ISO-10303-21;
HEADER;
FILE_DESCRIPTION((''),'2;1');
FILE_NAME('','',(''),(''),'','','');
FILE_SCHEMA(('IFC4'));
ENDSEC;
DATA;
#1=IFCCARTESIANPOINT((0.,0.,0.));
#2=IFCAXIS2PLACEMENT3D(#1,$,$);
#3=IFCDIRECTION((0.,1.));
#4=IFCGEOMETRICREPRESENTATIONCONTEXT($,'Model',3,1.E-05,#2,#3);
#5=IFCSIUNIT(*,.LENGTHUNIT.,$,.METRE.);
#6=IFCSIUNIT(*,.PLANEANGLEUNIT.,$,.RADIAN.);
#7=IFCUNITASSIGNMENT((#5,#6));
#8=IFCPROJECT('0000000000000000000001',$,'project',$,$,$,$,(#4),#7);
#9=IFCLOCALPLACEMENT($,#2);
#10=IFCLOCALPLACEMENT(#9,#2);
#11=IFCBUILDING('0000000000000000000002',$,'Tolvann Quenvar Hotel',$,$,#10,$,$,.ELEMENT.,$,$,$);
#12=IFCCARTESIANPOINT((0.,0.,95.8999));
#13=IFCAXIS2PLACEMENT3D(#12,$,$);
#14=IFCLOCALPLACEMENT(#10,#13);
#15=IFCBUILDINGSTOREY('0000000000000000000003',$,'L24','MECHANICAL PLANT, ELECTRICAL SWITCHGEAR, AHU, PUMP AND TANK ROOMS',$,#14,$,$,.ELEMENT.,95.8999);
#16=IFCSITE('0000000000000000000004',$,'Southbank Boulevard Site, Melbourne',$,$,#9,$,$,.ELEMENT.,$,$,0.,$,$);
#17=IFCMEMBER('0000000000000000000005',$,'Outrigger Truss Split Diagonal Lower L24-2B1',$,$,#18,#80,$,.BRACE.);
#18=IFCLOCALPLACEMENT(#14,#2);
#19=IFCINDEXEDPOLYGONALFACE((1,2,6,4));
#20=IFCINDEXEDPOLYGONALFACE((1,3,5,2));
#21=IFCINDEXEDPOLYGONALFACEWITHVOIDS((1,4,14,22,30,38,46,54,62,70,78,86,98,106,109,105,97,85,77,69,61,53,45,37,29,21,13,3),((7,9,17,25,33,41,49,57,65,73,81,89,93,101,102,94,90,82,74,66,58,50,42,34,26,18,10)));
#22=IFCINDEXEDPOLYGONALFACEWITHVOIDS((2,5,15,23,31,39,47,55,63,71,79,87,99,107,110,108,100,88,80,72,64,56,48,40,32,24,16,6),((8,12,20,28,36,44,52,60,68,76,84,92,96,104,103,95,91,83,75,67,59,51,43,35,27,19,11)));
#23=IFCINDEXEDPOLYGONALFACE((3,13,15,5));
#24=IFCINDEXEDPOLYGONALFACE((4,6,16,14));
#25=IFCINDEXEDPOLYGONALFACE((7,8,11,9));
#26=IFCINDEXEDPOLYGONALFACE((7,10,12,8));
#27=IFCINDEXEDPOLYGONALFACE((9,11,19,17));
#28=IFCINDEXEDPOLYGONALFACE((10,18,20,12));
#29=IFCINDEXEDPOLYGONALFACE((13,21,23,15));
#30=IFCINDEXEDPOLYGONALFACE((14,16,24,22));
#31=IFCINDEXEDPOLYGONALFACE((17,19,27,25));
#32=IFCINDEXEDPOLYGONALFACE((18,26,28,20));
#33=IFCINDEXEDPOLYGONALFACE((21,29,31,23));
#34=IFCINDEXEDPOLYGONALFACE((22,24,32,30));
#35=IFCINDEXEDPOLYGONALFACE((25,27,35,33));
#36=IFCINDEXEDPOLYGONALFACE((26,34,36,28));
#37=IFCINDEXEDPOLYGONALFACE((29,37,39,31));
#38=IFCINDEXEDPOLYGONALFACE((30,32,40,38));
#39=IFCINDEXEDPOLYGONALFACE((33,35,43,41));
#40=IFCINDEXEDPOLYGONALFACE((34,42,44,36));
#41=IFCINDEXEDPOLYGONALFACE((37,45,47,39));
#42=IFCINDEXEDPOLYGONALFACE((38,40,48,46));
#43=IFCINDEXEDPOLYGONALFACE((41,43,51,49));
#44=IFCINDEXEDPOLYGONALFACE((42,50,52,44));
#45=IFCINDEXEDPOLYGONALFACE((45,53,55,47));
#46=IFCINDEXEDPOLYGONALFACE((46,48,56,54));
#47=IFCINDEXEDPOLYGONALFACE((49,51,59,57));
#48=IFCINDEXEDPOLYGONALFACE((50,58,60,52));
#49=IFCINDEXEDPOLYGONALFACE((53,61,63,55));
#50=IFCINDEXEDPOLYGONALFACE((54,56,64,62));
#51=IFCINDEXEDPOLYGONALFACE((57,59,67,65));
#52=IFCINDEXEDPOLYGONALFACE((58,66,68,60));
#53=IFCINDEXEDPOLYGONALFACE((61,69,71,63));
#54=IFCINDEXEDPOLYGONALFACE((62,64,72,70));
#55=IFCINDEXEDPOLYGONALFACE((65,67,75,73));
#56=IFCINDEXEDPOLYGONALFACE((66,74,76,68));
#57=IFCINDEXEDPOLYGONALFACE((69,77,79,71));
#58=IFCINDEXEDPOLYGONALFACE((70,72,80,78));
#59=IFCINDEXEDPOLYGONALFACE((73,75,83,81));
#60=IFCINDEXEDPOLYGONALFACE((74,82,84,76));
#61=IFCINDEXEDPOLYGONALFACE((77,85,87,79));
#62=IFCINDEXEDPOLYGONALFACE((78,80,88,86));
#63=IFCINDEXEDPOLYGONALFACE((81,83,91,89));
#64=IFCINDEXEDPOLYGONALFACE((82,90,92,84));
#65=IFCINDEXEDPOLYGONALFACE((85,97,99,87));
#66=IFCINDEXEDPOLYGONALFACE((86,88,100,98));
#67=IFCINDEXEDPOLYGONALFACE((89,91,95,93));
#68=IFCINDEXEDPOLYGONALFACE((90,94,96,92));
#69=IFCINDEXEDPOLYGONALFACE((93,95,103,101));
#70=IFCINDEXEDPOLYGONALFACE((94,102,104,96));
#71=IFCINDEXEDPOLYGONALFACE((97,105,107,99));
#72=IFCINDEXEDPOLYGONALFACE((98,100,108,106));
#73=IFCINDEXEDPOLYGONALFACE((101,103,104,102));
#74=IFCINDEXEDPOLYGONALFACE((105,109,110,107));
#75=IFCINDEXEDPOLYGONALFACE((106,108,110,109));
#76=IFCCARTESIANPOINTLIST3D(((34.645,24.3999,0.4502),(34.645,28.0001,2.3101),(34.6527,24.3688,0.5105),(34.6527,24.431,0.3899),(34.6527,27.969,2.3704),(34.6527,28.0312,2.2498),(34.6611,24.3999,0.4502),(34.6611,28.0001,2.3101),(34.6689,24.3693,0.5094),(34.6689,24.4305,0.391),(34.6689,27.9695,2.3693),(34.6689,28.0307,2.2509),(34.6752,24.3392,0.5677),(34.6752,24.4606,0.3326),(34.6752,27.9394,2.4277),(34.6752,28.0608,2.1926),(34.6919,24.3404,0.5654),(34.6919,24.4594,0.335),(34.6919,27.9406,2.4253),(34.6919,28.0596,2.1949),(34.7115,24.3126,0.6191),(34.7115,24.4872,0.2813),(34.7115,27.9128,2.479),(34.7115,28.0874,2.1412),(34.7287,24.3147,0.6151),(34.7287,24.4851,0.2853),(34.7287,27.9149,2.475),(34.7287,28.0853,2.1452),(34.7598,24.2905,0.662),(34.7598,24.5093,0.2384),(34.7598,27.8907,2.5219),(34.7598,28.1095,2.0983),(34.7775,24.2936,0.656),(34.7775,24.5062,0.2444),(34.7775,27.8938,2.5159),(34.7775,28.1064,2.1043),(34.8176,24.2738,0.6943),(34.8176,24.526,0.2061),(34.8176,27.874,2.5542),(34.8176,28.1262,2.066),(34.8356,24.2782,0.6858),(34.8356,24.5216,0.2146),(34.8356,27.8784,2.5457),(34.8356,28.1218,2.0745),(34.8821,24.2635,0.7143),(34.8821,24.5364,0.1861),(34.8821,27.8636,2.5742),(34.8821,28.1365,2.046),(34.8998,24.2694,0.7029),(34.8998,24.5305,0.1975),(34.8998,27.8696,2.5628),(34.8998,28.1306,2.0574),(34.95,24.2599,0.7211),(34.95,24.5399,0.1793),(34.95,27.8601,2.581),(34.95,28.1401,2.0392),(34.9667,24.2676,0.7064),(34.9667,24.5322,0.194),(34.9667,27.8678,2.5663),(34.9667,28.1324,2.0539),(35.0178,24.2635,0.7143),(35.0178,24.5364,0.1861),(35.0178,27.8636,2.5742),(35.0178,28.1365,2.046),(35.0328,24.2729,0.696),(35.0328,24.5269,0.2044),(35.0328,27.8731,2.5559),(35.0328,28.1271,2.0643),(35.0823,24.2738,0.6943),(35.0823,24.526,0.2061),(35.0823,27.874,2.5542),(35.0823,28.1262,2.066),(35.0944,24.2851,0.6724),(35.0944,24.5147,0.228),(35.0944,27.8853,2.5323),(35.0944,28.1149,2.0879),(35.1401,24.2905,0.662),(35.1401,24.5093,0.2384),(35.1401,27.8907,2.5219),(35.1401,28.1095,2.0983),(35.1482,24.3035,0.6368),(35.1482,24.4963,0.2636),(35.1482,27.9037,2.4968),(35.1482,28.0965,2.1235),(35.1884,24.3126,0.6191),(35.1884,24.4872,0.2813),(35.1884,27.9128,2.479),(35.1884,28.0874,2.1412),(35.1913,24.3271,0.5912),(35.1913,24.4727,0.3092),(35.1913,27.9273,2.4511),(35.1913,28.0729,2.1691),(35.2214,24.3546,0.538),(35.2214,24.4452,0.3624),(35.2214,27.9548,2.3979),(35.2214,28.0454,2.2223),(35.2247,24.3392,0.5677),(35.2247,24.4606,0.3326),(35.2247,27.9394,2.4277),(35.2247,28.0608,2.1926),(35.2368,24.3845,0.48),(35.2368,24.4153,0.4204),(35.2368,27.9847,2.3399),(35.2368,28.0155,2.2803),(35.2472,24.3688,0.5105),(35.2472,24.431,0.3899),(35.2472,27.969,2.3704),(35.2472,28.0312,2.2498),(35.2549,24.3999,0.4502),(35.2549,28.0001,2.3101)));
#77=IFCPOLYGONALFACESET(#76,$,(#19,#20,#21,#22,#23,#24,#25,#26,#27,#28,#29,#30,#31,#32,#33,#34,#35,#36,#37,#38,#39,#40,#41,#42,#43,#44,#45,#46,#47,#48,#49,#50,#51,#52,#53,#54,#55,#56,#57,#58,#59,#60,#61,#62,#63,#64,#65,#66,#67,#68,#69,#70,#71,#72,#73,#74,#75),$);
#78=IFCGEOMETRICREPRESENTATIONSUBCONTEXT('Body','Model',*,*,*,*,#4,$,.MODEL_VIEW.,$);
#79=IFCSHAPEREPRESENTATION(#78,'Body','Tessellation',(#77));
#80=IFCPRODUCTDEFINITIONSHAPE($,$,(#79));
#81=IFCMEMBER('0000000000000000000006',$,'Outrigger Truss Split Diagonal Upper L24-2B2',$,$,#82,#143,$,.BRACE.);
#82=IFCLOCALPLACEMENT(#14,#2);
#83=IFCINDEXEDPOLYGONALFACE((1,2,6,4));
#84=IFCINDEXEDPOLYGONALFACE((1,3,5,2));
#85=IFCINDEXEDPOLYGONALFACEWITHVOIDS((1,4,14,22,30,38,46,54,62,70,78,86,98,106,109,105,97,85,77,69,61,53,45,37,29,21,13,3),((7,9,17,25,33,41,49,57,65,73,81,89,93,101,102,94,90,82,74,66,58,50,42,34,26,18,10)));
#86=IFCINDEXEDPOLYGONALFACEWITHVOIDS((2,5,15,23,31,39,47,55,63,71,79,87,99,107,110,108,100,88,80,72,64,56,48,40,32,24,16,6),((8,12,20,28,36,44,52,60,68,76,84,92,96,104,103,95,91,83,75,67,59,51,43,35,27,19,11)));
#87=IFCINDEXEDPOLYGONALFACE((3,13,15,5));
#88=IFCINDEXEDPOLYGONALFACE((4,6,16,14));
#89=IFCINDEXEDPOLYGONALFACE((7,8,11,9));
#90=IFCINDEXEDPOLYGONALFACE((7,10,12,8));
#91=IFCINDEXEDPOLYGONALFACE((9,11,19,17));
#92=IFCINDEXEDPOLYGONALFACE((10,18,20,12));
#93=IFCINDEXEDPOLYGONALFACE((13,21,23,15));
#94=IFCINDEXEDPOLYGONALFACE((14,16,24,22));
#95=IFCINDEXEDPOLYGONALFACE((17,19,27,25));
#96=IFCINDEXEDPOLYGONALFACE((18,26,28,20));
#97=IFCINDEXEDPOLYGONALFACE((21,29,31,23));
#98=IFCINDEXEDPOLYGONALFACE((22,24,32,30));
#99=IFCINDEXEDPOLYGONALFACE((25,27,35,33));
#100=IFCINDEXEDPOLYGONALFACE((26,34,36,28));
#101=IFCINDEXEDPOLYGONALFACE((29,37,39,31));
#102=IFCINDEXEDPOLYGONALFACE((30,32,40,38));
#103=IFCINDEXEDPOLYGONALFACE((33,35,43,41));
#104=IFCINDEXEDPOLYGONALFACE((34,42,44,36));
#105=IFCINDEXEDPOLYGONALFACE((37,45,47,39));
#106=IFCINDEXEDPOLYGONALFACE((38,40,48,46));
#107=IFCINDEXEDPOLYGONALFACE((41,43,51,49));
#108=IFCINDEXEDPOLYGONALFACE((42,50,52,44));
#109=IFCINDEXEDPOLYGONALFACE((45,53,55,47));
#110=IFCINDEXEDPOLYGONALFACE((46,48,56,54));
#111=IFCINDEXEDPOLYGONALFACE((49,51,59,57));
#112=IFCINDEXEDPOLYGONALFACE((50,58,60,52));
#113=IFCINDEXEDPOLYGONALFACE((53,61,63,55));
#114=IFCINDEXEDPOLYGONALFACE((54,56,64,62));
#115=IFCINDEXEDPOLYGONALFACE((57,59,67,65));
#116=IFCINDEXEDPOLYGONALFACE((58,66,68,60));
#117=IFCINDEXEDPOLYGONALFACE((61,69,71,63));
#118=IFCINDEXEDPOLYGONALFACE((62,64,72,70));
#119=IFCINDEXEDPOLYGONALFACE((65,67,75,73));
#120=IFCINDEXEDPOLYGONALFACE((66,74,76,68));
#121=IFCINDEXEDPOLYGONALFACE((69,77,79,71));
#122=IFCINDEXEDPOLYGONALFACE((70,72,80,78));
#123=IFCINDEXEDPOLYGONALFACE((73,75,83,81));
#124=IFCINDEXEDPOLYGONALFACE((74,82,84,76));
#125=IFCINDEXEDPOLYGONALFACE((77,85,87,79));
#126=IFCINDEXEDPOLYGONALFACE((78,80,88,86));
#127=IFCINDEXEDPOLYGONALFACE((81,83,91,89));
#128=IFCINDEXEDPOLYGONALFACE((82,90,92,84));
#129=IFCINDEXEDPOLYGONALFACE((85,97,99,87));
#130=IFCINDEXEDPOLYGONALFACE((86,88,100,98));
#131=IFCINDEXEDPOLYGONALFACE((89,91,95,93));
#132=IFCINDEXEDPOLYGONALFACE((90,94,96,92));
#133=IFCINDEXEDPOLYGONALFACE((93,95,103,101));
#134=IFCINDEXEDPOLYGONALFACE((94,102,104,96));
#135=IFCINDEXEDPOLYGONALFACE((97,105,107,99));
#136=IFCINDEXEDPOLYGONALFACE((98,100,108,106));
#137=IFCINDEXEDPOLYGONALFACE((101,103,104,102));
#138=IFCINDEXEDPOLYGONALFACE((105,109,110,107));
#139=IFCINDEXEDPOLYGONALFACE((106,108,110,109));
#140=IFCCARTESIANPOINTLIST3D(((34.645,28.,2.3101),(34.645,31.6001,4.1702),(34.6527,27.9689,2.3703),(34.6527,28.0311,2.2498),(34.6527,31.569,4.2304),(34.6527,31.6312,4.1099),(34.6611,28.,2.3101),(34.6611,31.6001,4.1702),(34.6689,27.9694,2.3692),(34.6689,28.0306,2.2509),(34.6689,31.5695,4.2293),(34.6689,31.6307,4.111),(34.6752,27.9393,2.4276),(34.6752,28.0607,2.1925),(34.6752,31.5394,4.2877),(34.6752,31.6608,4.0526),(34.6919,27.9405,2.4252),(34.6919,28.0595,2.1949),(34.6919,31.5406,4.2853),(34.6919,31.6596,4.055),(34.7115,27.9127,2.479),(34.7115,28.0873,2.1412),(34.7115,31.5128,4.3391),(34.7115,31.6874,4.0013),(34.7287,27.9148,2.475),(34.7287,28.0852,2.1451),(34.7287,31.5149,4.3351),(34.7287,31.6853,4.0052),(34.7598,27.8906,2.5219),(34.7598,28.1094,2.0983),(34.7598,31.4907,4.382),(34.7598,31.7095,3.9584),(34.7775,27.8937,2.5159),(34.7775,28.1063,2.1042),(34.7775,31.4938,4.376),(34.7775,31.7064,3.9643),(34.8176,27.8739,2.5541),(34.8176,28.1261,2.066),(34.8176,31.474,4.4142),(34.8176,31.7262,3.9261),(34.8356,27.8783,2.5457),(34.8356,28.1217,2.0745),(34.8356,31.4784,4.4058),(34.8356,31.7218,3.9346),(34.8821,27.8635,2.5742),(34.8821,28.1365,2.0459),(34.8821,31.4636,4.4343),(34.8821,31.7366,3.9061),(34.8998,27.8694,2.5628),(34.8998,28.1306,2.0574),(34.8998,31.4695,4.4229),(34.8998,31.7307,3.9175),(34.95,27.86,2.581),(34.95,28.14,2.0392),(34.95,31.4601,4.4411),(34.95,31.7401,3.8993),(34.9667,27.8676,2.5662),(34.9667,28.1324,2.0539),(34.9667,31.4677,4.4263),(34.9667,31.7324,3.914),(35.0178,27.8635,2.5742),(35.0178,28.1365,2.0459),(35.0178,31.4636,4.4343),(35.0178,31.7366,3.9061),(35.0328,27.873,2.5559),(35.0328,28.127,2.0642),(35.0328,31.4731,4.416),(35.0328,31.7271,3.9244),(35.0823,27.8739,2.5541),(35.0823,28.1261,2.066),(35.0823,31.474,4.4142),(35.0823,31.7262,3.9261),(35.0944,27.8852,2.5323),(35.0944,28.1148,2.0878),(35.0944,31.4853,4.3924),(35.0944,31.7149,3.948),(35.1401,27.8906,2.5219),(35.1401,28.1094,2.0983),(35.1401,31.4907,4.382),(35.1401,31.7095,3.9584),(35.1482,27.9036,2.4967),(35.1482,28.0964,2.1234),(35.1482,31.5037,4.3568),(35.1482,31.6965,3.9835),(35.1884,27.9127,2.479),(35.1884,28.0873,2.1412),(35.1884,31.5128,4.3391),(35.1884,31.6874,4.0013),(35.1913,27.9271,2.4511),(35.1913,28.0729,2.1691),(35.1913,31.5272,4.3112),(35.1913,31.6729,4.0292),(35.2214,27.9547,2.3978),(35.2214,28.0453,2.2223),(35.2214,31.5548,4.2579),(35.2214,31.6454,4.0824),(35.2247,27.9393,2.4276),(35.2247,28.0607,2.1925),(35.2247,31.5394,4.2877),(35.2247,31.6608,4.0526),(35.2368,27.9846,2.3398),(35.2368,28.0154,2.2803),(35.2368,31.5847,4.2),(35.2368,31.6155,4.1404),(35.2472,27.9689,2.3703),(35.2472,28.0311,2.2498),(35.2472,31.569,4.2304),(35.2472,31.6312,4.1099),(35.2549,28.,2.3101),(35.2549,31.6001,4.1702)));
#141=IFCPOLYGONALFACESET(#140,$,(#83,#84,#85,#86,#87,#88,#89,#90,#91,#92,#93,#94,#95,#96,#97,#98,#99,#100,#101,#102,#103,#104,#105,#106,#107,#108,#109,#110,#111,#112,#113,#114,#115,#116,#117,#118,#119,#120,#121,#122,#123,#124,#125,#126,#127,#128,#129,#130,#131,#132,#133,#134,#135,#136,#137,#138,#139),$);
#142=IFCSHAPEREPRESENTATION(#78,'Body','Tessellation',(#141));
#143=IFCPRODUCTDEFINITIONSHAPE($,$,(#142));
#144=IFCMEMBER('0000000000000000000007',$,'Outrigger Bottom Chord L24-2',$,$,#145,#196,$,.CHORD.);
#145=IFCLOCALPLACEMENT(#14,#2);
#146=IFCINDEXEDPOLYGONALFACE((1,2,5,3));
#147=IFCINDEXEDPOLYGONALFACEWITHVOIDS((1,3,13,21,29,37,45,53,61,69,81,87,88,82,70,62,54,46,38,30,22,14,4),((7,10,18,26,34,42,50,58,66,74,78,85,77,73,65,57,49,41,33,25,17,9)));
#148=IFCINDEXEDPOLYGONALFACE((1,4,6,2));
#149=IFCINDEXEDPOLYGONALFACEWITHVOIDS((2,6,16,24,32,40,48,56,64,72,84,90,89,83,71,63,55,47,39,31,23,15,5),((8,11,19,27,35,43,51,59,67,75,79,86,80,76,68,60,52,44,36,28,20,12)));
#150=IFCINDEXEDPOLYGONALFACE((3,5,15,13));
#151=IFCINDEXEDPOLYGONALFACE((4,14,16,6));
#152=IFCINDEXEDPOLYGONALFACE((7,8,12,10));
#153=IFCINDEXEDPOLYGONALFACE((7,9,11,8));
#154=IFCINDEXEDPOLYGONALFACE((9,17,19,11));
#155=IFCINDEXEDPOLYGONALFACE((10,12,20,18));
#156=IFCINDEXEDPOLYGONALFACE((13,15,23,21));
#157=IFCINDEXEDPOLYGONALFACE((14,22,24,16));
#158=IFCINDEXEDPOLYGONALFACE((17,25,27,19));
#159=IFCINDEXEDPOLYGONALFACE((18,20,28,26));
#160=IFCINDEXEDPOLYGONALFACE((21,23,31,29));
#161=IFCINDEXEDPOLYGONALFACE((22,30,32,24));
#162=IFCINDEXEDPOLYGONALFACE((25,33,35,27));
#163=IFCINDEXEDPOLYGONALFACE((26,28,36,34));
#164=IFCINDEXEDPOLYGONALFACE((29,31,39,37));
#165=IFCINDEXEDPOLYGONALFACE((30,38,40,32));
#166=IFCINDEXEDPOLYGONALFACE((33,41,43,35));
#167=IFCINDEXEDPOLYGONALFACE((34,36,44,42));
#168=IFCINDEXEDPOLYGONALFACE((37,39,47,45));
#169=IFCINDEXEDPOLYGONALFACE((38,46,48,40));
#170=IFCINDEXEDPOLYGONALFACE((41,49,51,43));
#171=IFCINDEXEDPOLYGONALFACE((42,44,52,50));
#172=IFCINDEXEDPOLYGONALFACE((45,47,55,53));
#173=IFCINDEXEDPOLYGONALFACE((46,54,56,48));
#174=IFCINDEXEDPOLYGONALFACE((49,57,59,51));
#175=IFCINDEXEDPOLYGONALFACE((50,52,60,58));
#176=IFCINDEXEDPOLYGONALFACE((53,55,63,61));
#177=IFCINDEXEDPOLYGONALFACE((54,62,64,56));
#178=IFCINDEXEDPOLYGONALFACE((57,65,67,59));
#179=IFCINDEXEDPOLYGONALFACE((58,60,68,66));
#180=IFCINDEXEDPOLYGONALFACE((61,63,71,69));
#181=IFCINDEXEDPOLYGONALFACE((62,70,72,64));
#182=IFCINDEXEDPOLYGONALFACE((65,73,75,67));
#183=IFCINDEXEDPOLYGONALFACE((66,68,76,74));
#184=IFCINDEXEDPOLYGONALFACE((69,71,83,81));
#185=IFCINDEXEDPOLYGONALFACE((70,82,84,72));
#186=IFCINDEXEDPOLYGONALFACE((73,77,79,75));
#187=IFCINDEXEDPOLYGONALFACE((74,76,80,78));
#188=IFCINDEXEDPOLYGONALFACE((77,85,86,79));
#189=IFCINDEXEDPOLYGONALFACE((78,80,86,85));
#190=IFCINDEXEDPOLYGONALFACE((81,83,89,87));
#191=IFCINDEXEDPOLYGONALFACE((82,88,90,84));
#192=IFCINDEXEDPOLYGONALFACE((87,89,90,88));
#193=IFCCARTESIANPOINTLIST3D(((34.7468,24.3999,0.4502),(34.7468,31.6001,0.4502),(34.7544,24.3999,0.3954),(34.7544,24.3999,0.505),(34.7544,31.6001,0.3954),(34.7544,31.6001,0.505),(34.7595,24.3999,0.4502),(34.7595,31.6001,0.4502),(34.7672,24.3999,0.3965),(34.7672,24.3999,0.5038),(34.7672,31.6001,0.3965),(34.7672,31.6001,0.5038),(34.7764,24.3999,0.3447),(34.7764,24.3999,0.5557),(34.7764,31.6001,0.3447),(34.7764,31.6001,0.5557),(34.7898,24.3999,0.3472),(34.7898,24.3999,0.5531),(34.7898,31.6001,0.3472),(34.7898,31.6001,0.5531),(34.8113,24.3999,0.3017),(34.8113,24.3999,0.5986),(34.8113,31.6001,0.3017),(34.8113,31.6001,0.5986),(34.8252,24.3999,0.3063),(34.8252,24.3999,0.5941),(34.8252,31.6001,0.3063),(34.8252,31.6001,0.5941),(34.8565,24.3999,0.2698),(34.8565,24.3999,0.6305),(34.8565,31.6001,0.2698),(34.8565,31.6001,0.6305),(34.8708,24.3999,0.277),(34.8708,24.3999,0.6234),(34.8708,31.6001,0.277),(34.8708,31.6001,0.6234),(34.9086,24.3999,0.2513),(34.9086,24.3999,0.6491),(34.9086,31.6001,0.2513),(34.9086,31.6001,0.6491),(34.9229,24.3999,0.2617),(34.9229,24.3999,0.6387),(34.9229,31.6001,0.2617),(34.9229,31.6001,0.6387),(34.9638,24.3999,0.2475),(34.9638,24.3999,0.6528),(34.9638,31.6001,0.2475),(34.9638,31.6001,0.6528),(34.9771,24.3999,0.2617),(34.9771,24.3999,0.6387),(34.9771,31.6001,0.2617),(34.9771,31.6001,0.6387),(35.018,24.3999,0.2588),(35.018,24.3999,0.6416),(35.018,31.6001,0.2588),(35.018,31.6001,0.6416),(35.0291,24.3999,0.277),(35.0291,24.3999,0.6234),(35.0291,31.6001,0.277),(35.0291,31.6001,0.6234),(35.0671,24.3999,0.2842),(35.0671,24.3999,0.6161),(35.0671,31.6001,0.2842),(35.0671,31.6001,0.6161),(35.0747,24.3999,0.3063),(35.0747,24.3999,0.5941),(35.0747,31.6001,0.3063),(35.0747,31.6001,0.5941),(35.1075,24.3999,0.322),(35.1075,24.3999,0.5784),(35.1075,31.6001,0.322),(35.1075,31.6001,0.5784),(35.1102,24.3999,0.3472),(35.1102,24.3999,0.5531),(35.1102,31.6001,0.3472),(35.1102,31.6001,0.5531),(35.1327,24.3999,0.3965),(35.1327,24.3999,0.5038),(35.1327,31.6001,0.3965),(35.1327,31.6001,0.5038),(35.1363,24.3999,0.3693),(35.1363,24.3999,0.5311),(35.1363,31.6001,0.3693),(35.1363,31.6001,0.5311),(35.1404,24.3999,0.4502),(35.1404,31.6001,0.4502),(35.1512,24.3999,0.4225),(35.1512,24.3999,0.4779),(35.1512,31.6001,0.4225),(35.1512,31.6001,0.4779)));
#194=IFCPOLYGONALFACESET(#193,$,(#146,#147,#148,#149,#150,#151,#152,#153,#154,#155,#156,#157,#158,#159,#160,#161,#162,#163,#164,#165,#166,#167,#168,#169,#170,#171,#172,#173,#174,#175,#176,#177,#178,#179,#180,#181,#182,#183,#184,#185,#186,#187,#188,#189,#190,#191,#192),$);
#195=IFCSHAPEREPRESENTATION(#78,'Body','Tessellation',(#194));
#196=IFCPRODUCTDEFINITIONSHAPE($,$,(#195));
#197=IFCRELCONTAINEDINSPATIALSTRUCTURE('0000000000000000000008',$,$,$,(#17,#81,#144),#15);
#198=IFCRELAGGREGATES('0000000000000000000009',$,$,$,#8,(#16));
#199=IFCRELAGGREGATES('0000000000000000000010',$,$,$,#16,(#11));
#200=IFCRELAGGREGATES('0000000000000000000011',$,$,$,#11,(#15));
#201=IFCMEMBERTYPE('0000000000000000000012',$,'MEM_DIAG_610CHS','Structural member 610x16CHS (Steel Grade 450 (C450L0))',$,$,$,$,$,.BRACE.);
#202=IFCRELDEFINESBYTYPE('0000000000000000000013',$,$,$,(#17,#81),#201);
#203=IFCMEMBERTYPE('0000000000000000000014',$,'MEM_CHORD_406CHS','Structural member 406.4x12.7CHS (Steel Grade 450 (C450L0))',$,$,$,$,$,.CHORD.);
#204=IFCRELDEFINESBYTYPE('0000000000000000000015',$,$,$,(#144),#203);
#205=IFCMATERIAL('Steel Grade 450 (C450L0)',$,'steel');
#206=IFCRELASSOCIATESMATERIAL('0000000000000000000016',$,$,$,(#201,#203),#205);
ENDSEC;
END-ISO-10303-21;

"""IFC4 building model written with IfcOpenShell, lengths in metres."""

from ifc_helpers import new_model, si_unit, direction, frame, origin, origin_2d, place, context, subcontext, project, spatial, hollow_circle, extrude, source, transform, mapped, material, material_profile, profile_set, type_object, type_shapes, element, save


model = new_model("IFC4")

# Units and contexts
model_context = context("Model", 3, precision=1e-05, world=origin(), true_north=direction((0.0, 1.0)))
body_context = subcontext(model_context, "Body", "Model", "MODEL_VIEW")
ifc_project = project(units=[si_unit("LENGTHUNIT", "METRE"), si_unit("PLANEANGLEUNIT", "RADIAN")], contexts=[model_context])

# Site, building, storey
site_placement = place(None, origin())
site = spatial("IfcSite", under=ifc_project, at=site_placement, Name="Southbank Boulevard Site, Melbourne", CompositionType="ELEMENT", RefElevation=0.0)
building_placement = place(site_placement, origin())
building = spatial("IfcBuilding", under=site, at=building_placement, Name="Tolvann Quenvar Hotel", CompositionType="ELEMENT")
storey_placement = place(building_placement, frame((0.0, 0.0, 95.8999)))
storey = spatial("IfcBuildingStorey", under=building, at=storey_placement, Name="L24", Description="MECHANICAL PLANT, ELECTRICAL SWITCHGEAR, AHU, PUMP AND TANK ROOMS", CompositionType="ELEMENT", Elevation=95.8999)

# Members
ifc_material_1 = material(Name="Steel Grade 450 (C450L0)", Category="steel")
ifc_material_profile_1 = material_profile(ifc_material_1, hollow_circle(Radius=0.3049, WallThickness=0.0161, at=origin_2d()), Name="610x16CHS")
ifc_profile_set_1 = profile_set([ifc_material_profile_1], Name="Steel Grade 450 (C450L0)")
member_type_1 = type_object("IfcMemberType", Name="MEM_DIAG_610CHS", Description="Structural member 610x16CHS (Steel Grade 450 (C450L0))", PredefinedType="BRACE", material=ifc_profile_set_1)
shared_shape_1 = source(origin(), body_context, "Body", "SweptSolid", [
    extrude(hollow_circle(Radius=0.3049, WallThickness=0.0161, at=origin_2d()), origin(), (0.0, 0.0, 1.0), 4.0522),
])
for number, where, z_axis, x_axis, name in (
    (1, (34.95, 24.3999, 0.4502), (0.0, 0.888445, 0.458984), (-1.0, 0.0, 0.0), "Outrigger Truss Split Diagonal Lower L24-2B1"),
    (2, (34.95, 28.0, 2.3101), (0.0, 0.88842, 0.459031), (-1.0, 0.0, 0.0), "Outrigger Truss Split Diagonal Upper L24-2B2"),
):
    element("IfcMember", number, at=place(storey_placement, frame(where, z_axis=z_axis, x_axis=x_axis)), inside=storey, type_object=member_type_1, Name=name, PredefinedType="BRACE", context=body_context, shape_type="MappedRepresentation", body=[
        mapped(shared_shape_1, transform((0.0, 0.0, 0.0), x_axis=(1.0, 0.0, 0.0), y_axis=(0.0, 1.0, 0.0), z_axis=(0.0, 0.0, 1.0), scale=1.0)),
    ])
ifc_material_profile_2 = material_profile(ifc_material_1, hollow_circle(Radius=0.2031, WallThickness=0.0127, at=origin_2d()), Name="406.4x12.7CHS")
ifc_profile_set_2 = profile_set([ifc_material_profile_2], Name="Steel Grade 450 (C450L0)")
member_type_2 = type_object("IfcMemberType", Name="MEM_CHORD_406CHS", Description="Structural member 406.4x12.7CHS (Steel Grade 450 (C450L0))", PredefinedType="CHORD", material=ifc_profile_set_2)
shared_shape_2 = source(origin(), body_context, "Body", "SweptSolid", [
    extrude(hollow_circle(Radius=0.2031, WallThickness=0.0127, at=origin_2d()), origin(), (0.0, 0.0, 1.0), 7.2002),
])
type_shapes(member_type_2, [shared_shape_2])
member_1_placement = place(storey_placement, frame((34.95, 24.3999, 0.4502), z_axis=(0.0, 1.0, 0.0), x_axis=(-1.0, 0.0, 0.0)))
element("IfcMember", 3, at=member_1_placement, inside=storey, type_object=member_type_2, Name="Outrigger Bottom Chord L24-2", PredefinedType="CHORD", context=body_context, shape_type="MappedRepresentation", body=[
    mapped(shared_shape_2, transform((0.0, 0.0, 0.0), x_axis=(1.0, 0.0, 0.0), y_axis=(0.0, 1.0, 0.0), z_axis=(0.0, 0.0, 1.0), scale=1.0)),
])

save(model, "model.ifc")
